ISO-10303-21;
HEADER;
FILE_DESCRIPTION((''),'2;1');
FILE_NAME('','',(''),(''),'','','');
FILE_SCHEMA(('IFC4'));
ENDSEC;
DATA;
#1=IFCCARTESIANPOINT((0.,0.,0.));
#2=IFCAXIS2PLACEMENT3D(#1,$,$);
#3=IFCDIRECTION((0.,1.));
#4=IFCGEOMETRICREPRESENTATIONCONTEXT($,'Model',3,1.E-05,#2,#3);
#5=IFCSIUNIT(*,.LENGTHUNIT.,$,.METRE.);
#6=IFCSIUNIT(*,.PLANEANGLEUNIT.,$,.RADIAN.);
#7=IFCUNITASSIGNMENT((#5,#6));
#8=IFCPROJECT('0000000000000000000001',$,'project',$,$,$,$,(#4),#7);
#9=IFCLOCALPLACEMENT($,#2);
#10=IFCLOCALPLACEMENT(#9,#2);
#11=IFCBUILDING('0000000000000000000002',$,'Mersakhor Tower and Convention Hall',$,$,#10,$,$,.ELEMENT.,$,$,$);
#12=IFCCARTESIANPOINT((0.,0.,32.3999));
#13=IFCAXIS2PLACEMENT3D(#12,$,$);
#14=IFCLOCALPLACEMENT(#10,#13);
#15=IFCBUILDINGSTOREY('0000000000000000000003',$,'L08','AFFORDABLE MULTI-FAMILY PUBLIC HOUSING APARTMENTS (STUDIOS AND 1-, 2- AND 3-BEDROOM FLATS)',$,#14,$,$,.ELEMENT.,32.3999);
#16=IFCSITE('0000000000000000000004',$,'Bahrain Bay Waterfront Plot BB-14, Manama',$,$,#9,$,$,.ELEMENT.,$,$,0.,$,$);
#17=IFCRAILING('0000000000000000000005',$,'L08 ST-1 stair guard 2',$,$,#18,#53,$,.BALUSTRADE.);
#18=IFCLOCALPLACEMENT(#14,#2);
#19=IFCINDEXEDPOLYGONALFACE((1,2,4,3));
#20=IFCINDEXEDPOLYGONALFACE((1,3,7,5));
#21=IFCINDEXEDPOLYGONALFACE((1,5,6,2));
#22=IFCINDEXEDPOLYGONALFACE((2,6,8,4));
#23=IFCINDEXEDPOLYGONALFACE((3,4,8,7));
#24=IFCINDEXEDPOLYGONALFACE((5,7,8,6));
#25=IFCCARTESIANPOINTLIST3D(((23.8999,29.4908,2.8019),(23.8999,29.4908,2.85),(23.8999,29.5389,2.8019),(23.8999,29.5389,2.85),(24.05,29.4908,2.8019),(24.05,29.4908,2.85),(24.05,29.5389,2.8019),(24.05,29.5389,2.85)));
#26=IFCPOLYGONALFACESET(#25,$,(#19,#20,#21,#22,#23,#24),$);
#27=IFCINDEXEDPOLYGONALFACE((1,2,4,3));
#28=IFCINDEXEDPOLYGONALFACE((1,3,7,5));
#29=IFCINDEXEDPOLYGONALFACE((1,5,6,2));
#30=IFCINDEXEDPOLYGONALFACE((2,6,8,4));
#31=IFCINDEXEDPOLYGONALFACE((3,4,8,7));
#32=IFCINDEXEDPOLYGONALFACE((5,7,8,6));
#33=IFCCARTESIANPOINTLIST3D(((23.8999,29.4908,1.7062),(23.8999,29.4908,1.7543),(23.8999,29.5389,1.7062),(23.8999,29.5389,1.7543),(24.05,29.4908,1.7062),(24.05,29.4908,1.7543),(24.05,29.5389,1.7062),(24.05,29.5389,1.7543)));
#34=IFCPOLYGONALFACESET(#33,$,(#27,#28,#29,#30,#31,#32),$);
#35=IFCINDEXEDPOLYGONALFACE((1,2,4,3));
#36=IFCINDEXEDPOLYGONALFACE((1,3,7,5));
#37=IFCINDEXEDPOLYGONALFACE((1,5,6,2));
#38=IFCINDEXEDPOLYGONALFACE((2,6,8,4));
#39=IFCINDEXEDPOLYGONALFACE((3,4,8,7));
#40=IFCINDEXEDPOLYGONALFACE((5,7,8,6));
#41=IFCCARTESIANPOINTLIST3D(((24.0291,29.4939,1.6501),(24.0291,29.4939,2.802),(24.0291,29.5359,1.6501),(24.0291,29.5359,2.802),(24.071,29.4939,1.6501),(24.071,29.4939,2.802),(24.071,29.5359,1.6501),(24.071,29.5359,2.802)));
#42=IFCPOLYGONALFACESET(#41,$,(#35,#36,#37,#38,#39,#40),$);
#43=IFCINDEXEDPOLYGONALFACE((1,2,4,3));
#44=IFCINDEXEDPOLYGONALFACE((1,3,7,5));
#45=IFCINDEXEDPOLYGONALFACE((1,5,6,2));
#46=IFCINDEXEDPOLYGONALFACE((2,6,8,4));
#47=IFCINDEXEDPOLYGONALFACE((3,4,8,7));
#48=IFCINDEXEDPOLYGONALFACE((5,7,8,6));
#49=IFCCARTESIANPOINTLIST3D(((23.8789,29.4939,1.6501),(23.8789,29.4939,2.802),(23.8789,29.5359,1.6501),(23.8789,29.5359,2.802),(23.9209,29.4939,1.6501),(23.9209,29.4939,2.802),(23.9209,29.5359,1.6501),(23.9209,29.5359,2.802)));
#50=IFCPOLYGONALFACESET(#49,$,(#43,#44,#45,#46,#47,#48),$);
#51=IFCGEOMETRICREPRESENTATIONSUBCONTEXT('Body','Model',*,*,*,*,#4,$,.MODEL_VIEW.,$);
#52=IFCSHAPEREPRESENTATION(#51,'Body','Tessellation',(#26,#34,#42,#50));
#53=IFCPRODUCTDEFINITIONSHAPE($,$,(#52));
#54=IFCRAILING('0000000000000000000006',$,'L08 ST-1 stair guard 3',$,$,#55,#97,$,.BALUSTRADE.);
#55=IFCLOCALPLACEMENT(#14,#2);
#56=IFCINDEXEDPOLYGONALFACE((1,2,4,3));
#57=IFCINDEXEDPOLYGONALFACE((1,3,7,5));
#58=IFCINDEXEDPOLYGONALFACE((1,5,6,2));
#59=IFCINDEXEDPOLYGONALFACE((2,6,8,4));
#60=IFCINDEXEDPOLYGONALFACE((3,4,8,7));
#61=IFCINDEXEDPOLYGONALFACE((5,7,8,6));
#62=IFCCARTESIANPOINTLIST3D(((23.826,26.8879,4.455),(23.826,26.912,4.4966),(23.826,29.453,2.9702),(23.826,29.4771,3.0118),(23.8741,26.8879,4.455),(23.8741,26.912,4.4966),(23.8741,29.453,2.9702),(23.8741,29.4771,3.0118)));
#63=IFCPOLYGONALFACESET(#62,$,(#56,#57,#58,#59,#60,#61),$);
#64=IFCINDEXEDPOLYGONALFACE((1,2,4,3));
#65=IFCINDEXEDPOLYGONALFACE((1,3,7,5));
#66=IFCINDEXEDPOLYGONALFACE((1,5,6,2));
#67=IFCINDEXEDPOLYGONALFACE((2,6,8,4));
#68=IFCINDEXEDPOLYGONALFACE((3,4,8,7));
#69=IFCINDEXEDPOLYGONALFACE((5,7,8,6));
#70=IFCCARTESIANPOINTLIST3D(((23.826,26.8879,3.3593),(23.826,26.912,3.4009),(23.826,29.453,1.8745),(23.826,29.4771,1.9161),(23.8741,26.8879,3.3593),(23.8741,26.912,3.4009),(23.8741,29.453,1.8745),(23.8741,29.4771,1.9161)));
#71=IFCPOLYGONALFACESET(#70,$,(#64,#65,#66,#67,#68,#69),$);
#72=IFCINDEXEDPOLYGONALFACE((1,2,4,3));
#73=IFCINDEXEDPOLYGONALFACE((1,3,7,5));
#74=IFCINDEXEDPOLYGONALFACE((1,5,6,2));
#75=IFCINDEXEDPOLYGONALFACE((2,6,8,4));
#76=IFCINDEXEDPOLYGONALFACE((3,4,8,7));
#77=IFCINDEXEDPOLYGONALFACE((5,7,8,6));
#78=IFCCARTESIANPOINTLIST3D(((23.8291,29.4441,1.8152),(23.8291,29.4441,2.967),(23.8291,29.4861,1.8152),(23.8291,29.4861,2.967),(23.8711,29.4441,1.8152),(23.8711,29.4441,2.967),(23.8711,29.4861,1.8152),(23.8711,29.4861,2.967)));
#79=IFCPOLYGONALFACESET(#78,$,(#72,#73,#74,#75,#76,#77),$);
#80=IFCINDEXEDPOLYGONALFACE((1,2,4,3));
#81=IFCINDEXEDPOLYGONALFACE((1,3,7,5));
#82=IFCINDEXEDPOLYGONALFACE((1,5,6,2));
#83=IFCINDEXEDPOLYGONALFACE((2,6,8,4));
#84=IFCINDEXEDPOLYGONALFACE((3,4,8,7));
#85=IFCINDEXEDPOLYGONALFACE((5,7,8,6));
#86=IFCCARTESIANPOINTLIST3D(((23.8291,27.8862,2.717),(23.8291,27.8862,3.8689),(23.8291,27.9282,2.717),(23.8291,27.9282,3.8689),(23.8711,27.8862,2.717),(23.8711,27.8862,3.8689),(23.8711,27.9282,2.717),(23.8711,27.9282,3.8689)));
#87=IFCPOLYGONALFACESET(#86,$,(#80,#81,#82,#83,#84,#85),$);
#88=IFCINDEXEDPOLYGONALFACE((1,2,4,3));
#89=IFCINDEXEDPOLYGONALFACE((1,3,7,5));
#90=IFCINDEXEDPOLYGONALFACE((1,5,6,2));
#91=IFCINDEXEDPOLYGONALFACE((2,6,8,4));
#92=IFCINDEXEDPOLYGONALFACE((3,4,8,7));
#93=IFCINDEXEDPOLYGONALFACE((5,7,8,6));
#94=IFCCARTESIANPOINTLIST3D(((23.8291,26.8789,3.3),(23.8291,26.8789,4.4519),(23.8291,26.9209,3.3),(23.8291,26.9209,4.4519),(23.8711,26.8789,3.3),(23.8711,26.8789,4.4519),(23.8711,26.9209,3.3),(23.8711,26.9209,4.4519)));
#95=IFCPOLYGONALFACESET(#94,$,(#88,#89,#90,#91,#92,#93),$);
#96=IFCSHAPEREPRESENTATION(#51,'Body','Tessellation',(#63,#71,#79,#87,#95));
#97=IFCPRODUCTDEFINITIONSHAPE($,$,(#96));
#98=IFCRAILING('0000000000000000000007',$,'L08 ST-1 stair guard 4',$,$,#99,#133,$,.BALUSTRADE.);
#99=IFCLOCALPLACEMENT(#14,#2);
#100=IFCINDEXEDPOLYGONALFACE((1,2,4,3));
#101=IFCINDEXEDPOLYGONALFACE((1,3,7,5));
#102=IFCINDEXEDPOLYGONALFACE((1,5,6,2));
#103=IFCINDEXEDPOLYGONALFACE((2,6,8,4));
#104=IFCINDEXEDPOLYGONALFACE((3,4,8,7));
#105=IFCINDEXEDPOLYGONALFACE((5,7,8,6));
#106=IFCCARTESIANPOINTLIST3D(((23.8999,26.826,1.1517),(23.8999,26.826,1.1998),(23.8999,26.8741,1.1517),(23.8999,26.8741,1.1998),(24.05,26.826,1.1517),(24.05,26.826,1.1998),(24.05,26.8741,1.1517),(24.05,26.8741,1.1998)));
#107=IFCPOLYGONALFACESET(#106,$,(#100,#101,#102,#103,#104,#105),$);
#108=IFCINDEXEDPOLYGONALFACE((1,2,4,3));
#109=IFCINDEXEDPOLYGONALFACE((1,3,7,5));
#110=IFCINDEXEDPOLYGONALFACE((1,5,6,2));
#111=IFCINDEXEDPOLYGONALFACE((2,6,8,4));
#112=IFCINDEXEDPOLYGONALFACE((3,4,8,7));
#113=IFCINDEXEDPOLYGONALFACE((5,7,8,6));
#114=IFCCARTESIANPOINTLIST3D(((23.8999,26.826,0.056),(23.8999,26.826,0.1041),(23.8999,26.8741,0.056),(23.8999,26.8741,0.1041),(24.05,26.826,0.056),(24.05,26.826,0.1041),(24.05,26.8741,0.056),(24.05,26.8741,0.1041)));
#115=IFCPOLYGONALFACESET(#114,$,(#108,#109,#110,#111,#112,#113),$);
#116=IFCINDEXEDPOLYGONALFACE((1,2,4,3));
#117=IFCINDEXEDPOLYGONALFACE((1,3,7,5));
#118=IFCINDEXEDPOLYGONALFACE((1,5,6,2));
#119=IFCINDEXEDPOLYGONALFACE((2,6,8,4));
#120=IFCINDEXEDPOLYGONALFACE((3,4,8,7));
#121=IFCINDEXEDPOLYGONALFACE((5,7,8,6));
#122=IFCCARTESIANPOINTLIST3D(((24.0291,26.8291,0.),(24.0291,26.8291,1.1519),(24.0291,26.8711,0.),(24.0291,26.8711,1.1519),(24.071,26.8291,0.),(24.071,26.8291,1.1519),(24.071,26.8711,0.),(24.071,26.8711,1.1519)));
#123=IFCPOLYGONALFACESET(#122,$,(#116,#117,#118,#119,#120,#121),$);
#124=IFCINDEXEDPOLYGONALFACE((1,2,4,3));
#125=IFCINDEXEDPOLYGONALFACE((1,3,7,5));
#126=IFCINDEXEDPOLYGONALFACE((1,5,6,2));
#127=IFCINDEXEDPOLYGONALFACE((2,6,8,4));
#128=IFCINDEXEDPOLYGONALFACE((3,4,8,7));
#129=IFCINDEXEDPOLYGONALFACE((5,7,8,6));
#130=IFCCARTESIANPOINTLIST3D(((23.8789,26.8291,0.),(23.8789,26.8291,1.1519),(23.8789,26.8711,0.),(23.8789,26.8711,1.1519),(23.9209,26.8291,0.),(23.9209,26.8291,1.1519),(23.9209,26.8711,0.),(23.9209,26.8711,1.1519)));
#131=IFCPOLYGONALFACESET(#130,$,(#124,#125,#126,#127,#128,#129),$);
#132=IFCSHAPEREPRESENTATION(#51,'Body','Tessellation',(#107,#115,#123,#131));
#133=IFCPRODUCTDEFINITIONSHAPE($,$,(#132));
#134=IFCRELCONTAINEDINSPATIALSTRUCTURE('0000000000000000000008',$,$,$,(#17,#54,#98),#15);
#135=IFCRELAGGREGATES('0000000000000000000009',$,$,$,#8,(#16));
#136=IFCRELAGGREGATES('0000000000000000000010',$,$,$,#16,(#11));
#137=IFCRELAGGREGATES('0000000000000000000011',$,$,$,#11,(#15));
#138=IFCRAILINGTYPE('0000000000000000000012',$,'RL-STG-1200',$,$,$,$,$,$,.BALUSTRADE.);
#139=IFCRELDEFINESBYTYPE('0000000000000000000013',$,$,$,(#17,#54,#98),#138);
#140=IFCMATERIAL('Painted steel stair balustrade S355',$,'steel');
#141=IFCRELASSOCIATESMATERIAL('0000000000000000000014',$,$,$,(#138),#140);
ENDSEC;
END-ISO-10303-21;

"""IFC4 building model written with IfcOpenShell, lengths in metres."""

from ifc_helpers import new_model, si_unit, direction, frame, origin, origin_2d, place, context, subcontext, project, spatial, rectangle, extrude, material, type_object, element, save


model = new_model("IFC4")

# Units and contexts
model_context = context("Model", 3, precision=1e-05, world=origin(), true_north=direction((0.0, 1.0)))
body_context = subcontext(model_context, "Body", "Model", "MODEL_VIEW")
ifc_project = project(units=[si_unit("LENGTHUNIT", "METRE"), si_unit("PLANEANGLEUNIT", "RADIAN")], contexts=[model_context])

# Site, building, storey
site_placement = place(None, origin())
site = spatial("IfcSite", under=ifc_project, at=site_placement, Name="Bahrain Bay Waterfront Plot BB-14, Manama", CompositionType="ELEMENT", RefElevation=0.0)
building_placement = place(site_placement, origin())
building = spatial("IfcBuilding", under=site, at=building_placement, Name="Mersakhor Tower and Convention Hall", CompositionType="ELEMENT")
storey_placement = place(building_placement, frame((0.0, 0.0, 32.3999)))
storey = spatial("IfcBuildingStorey", under=building, at=storey_placement, Name="L08", Description="AFFORDABLE MULTI-FAMILY PUBLIC HOUSING APARTMENTS (STUDIOS AND 1-, 2- AND 3-BEDROOM FLATS)", CompositionType="ELEMENT", Elevation=32.3999)

# Railings
ifc_material_1 = material(Name="Painted steel stair balustrade S355", Category="steel")
railing_type_1 = type_object("IfcRailingType", Name="RL-STG-1200", PredefinedType="BALUSTRADE", material=ifc_material_1)
railing_1_placement = place(storey_placement, frame((24.05, 29.5149, 1.6501)))
element("IfcRailing", 1, at=railing_1_placement, inside=storey, type_object=railing_type_1, Name="L08 ST-1 stair guard 2", PredefinedType="BALUSTRADE", context=body_context, shape_type="SweptSolid", body=[
    extrude(rectangle(XDim=0.0481, YDim=0.0481, at=origin_2d()), frame((0.0, 0.0, 1.1758), z_axis=(-1.0, 0.0, 0.0), x_axis=(0.0, -1.0, 0.0)), (0.0, 0.0, 1.0), 0.1501),
    extrude(rectangle(XDim=0.0481, YDim=0.0481, at=origin_2d()), frame((0.0, 0.0, 0.0801), z_axis=(-1.0, 0.0, 0.0), x_axis=(0.0, -1.0, 0.0)), (0.0, 0.0, 1.0), 0.1501),
    extrude(rectangle(XDim=0.042, YDim=0.042, at=origin_2d()), origin(), (0.0, 0.0, 1.0), 1.1519),
    extrude(rectangle(XDim=0.042, YDim=0.042, at=origin_2d()), frame((-0.1501, 0.0, 0.0)), (0.0, 0.0, 1.0), 1.1519),
])
railing_2_placement = place(storey_placement, frame((23.8501, 29.4651, 1.8152)))
element("IfcRailing", 2, at=railing_2_placement, inside=storey, type_object=railing_type_1, Name="L08 ST-1 stair guard 3", PredefinedType="BALUSTRADE", context=body_context, shape_type="SweptSolid", body=[
    extrude(rectangle(XDim=0.0481, YDim=0.0481, at=origin_2d()), frame((0.0, 0.0, 1.1758), z_axis=(0.0, -0.865462, 0.500975), x_axis=(1.0, 0.0, 0.0)), (0.0, 0.0, 1.0), 2.9639),
    extrude(rectangle(XDim=0.0481, YDim=0.0481, at=origin_2d()), frame((0.0, 0.0, 0.0801), z_axis=(0.0, -0.865462, 0.500975), x_axis=(1.0, 0.0, 0.0)), (0.0, 0.0, 1.0), 2.9639),
    extrude(rectangle(XDim=0.042, YDim=0.042, at=origin_2d()), origin(), (0.0, 0.0, 1.0), 1.1519),
    extrude(rectangle(XDim=0.042, YDim=0.042, at=origin_2d()), frame((0.0, -1.5579, 0.9019)), (0.0, 0.0, 1.0), 1.1519),
    extrude(rectangle(XDim=0.042, YDim=0.042, at=origin_2d()), frame((0.0, -2.5652, 1.4849)), (0.0, 0.0, 1.0), 1.1519),
])
railing_3_placement = place(storey_placement, frame((24.05, 26.8501, 0.0)))
element("IfcRailing", 3, at=railing_3_placement, inside=storey, type_object=railing_type_1, Name="L08 ST-1 stair guard 4", PredefinedType="BALUSTRADE", context=body_context, shape_type="SweptSolid", body=[
    extrude(rectangle(XDim=0.0481, YDim=0.0481, at=origin_2d()), frame((0.0, 0.0, 1.1758), z_axis=(-1.0, 0.0, 0.0), x_axis=(0.0, -1.0, 0.0)), (0.0, 0.0, 1.0), 0.1501),
    extrude(rectangle(XDim=0.0481, YDim=0.0481, at=origin_2d()), frame((0.0, 0.0, 0.0801), z_axis=(-1.0, 0.0, 0.0), x_axis=(0.0, -1.0, 0.0)), (0.0, 0.0, 1.0), 0.1501),
    extrude(rectangle(XDim=0.042, YDim=0.042, at=origin_2d()), origin(), (0.0, 0.0, 1.0), 1.1519),
    extrude(rectangle(XDim=0.042, YDim=0.042, at=origin_2d()), frame((-0.1501, 0.0, 0.0)), (0.0, 0.0, 1.0), 1.1519),
])

save(model, "model.ifc")
